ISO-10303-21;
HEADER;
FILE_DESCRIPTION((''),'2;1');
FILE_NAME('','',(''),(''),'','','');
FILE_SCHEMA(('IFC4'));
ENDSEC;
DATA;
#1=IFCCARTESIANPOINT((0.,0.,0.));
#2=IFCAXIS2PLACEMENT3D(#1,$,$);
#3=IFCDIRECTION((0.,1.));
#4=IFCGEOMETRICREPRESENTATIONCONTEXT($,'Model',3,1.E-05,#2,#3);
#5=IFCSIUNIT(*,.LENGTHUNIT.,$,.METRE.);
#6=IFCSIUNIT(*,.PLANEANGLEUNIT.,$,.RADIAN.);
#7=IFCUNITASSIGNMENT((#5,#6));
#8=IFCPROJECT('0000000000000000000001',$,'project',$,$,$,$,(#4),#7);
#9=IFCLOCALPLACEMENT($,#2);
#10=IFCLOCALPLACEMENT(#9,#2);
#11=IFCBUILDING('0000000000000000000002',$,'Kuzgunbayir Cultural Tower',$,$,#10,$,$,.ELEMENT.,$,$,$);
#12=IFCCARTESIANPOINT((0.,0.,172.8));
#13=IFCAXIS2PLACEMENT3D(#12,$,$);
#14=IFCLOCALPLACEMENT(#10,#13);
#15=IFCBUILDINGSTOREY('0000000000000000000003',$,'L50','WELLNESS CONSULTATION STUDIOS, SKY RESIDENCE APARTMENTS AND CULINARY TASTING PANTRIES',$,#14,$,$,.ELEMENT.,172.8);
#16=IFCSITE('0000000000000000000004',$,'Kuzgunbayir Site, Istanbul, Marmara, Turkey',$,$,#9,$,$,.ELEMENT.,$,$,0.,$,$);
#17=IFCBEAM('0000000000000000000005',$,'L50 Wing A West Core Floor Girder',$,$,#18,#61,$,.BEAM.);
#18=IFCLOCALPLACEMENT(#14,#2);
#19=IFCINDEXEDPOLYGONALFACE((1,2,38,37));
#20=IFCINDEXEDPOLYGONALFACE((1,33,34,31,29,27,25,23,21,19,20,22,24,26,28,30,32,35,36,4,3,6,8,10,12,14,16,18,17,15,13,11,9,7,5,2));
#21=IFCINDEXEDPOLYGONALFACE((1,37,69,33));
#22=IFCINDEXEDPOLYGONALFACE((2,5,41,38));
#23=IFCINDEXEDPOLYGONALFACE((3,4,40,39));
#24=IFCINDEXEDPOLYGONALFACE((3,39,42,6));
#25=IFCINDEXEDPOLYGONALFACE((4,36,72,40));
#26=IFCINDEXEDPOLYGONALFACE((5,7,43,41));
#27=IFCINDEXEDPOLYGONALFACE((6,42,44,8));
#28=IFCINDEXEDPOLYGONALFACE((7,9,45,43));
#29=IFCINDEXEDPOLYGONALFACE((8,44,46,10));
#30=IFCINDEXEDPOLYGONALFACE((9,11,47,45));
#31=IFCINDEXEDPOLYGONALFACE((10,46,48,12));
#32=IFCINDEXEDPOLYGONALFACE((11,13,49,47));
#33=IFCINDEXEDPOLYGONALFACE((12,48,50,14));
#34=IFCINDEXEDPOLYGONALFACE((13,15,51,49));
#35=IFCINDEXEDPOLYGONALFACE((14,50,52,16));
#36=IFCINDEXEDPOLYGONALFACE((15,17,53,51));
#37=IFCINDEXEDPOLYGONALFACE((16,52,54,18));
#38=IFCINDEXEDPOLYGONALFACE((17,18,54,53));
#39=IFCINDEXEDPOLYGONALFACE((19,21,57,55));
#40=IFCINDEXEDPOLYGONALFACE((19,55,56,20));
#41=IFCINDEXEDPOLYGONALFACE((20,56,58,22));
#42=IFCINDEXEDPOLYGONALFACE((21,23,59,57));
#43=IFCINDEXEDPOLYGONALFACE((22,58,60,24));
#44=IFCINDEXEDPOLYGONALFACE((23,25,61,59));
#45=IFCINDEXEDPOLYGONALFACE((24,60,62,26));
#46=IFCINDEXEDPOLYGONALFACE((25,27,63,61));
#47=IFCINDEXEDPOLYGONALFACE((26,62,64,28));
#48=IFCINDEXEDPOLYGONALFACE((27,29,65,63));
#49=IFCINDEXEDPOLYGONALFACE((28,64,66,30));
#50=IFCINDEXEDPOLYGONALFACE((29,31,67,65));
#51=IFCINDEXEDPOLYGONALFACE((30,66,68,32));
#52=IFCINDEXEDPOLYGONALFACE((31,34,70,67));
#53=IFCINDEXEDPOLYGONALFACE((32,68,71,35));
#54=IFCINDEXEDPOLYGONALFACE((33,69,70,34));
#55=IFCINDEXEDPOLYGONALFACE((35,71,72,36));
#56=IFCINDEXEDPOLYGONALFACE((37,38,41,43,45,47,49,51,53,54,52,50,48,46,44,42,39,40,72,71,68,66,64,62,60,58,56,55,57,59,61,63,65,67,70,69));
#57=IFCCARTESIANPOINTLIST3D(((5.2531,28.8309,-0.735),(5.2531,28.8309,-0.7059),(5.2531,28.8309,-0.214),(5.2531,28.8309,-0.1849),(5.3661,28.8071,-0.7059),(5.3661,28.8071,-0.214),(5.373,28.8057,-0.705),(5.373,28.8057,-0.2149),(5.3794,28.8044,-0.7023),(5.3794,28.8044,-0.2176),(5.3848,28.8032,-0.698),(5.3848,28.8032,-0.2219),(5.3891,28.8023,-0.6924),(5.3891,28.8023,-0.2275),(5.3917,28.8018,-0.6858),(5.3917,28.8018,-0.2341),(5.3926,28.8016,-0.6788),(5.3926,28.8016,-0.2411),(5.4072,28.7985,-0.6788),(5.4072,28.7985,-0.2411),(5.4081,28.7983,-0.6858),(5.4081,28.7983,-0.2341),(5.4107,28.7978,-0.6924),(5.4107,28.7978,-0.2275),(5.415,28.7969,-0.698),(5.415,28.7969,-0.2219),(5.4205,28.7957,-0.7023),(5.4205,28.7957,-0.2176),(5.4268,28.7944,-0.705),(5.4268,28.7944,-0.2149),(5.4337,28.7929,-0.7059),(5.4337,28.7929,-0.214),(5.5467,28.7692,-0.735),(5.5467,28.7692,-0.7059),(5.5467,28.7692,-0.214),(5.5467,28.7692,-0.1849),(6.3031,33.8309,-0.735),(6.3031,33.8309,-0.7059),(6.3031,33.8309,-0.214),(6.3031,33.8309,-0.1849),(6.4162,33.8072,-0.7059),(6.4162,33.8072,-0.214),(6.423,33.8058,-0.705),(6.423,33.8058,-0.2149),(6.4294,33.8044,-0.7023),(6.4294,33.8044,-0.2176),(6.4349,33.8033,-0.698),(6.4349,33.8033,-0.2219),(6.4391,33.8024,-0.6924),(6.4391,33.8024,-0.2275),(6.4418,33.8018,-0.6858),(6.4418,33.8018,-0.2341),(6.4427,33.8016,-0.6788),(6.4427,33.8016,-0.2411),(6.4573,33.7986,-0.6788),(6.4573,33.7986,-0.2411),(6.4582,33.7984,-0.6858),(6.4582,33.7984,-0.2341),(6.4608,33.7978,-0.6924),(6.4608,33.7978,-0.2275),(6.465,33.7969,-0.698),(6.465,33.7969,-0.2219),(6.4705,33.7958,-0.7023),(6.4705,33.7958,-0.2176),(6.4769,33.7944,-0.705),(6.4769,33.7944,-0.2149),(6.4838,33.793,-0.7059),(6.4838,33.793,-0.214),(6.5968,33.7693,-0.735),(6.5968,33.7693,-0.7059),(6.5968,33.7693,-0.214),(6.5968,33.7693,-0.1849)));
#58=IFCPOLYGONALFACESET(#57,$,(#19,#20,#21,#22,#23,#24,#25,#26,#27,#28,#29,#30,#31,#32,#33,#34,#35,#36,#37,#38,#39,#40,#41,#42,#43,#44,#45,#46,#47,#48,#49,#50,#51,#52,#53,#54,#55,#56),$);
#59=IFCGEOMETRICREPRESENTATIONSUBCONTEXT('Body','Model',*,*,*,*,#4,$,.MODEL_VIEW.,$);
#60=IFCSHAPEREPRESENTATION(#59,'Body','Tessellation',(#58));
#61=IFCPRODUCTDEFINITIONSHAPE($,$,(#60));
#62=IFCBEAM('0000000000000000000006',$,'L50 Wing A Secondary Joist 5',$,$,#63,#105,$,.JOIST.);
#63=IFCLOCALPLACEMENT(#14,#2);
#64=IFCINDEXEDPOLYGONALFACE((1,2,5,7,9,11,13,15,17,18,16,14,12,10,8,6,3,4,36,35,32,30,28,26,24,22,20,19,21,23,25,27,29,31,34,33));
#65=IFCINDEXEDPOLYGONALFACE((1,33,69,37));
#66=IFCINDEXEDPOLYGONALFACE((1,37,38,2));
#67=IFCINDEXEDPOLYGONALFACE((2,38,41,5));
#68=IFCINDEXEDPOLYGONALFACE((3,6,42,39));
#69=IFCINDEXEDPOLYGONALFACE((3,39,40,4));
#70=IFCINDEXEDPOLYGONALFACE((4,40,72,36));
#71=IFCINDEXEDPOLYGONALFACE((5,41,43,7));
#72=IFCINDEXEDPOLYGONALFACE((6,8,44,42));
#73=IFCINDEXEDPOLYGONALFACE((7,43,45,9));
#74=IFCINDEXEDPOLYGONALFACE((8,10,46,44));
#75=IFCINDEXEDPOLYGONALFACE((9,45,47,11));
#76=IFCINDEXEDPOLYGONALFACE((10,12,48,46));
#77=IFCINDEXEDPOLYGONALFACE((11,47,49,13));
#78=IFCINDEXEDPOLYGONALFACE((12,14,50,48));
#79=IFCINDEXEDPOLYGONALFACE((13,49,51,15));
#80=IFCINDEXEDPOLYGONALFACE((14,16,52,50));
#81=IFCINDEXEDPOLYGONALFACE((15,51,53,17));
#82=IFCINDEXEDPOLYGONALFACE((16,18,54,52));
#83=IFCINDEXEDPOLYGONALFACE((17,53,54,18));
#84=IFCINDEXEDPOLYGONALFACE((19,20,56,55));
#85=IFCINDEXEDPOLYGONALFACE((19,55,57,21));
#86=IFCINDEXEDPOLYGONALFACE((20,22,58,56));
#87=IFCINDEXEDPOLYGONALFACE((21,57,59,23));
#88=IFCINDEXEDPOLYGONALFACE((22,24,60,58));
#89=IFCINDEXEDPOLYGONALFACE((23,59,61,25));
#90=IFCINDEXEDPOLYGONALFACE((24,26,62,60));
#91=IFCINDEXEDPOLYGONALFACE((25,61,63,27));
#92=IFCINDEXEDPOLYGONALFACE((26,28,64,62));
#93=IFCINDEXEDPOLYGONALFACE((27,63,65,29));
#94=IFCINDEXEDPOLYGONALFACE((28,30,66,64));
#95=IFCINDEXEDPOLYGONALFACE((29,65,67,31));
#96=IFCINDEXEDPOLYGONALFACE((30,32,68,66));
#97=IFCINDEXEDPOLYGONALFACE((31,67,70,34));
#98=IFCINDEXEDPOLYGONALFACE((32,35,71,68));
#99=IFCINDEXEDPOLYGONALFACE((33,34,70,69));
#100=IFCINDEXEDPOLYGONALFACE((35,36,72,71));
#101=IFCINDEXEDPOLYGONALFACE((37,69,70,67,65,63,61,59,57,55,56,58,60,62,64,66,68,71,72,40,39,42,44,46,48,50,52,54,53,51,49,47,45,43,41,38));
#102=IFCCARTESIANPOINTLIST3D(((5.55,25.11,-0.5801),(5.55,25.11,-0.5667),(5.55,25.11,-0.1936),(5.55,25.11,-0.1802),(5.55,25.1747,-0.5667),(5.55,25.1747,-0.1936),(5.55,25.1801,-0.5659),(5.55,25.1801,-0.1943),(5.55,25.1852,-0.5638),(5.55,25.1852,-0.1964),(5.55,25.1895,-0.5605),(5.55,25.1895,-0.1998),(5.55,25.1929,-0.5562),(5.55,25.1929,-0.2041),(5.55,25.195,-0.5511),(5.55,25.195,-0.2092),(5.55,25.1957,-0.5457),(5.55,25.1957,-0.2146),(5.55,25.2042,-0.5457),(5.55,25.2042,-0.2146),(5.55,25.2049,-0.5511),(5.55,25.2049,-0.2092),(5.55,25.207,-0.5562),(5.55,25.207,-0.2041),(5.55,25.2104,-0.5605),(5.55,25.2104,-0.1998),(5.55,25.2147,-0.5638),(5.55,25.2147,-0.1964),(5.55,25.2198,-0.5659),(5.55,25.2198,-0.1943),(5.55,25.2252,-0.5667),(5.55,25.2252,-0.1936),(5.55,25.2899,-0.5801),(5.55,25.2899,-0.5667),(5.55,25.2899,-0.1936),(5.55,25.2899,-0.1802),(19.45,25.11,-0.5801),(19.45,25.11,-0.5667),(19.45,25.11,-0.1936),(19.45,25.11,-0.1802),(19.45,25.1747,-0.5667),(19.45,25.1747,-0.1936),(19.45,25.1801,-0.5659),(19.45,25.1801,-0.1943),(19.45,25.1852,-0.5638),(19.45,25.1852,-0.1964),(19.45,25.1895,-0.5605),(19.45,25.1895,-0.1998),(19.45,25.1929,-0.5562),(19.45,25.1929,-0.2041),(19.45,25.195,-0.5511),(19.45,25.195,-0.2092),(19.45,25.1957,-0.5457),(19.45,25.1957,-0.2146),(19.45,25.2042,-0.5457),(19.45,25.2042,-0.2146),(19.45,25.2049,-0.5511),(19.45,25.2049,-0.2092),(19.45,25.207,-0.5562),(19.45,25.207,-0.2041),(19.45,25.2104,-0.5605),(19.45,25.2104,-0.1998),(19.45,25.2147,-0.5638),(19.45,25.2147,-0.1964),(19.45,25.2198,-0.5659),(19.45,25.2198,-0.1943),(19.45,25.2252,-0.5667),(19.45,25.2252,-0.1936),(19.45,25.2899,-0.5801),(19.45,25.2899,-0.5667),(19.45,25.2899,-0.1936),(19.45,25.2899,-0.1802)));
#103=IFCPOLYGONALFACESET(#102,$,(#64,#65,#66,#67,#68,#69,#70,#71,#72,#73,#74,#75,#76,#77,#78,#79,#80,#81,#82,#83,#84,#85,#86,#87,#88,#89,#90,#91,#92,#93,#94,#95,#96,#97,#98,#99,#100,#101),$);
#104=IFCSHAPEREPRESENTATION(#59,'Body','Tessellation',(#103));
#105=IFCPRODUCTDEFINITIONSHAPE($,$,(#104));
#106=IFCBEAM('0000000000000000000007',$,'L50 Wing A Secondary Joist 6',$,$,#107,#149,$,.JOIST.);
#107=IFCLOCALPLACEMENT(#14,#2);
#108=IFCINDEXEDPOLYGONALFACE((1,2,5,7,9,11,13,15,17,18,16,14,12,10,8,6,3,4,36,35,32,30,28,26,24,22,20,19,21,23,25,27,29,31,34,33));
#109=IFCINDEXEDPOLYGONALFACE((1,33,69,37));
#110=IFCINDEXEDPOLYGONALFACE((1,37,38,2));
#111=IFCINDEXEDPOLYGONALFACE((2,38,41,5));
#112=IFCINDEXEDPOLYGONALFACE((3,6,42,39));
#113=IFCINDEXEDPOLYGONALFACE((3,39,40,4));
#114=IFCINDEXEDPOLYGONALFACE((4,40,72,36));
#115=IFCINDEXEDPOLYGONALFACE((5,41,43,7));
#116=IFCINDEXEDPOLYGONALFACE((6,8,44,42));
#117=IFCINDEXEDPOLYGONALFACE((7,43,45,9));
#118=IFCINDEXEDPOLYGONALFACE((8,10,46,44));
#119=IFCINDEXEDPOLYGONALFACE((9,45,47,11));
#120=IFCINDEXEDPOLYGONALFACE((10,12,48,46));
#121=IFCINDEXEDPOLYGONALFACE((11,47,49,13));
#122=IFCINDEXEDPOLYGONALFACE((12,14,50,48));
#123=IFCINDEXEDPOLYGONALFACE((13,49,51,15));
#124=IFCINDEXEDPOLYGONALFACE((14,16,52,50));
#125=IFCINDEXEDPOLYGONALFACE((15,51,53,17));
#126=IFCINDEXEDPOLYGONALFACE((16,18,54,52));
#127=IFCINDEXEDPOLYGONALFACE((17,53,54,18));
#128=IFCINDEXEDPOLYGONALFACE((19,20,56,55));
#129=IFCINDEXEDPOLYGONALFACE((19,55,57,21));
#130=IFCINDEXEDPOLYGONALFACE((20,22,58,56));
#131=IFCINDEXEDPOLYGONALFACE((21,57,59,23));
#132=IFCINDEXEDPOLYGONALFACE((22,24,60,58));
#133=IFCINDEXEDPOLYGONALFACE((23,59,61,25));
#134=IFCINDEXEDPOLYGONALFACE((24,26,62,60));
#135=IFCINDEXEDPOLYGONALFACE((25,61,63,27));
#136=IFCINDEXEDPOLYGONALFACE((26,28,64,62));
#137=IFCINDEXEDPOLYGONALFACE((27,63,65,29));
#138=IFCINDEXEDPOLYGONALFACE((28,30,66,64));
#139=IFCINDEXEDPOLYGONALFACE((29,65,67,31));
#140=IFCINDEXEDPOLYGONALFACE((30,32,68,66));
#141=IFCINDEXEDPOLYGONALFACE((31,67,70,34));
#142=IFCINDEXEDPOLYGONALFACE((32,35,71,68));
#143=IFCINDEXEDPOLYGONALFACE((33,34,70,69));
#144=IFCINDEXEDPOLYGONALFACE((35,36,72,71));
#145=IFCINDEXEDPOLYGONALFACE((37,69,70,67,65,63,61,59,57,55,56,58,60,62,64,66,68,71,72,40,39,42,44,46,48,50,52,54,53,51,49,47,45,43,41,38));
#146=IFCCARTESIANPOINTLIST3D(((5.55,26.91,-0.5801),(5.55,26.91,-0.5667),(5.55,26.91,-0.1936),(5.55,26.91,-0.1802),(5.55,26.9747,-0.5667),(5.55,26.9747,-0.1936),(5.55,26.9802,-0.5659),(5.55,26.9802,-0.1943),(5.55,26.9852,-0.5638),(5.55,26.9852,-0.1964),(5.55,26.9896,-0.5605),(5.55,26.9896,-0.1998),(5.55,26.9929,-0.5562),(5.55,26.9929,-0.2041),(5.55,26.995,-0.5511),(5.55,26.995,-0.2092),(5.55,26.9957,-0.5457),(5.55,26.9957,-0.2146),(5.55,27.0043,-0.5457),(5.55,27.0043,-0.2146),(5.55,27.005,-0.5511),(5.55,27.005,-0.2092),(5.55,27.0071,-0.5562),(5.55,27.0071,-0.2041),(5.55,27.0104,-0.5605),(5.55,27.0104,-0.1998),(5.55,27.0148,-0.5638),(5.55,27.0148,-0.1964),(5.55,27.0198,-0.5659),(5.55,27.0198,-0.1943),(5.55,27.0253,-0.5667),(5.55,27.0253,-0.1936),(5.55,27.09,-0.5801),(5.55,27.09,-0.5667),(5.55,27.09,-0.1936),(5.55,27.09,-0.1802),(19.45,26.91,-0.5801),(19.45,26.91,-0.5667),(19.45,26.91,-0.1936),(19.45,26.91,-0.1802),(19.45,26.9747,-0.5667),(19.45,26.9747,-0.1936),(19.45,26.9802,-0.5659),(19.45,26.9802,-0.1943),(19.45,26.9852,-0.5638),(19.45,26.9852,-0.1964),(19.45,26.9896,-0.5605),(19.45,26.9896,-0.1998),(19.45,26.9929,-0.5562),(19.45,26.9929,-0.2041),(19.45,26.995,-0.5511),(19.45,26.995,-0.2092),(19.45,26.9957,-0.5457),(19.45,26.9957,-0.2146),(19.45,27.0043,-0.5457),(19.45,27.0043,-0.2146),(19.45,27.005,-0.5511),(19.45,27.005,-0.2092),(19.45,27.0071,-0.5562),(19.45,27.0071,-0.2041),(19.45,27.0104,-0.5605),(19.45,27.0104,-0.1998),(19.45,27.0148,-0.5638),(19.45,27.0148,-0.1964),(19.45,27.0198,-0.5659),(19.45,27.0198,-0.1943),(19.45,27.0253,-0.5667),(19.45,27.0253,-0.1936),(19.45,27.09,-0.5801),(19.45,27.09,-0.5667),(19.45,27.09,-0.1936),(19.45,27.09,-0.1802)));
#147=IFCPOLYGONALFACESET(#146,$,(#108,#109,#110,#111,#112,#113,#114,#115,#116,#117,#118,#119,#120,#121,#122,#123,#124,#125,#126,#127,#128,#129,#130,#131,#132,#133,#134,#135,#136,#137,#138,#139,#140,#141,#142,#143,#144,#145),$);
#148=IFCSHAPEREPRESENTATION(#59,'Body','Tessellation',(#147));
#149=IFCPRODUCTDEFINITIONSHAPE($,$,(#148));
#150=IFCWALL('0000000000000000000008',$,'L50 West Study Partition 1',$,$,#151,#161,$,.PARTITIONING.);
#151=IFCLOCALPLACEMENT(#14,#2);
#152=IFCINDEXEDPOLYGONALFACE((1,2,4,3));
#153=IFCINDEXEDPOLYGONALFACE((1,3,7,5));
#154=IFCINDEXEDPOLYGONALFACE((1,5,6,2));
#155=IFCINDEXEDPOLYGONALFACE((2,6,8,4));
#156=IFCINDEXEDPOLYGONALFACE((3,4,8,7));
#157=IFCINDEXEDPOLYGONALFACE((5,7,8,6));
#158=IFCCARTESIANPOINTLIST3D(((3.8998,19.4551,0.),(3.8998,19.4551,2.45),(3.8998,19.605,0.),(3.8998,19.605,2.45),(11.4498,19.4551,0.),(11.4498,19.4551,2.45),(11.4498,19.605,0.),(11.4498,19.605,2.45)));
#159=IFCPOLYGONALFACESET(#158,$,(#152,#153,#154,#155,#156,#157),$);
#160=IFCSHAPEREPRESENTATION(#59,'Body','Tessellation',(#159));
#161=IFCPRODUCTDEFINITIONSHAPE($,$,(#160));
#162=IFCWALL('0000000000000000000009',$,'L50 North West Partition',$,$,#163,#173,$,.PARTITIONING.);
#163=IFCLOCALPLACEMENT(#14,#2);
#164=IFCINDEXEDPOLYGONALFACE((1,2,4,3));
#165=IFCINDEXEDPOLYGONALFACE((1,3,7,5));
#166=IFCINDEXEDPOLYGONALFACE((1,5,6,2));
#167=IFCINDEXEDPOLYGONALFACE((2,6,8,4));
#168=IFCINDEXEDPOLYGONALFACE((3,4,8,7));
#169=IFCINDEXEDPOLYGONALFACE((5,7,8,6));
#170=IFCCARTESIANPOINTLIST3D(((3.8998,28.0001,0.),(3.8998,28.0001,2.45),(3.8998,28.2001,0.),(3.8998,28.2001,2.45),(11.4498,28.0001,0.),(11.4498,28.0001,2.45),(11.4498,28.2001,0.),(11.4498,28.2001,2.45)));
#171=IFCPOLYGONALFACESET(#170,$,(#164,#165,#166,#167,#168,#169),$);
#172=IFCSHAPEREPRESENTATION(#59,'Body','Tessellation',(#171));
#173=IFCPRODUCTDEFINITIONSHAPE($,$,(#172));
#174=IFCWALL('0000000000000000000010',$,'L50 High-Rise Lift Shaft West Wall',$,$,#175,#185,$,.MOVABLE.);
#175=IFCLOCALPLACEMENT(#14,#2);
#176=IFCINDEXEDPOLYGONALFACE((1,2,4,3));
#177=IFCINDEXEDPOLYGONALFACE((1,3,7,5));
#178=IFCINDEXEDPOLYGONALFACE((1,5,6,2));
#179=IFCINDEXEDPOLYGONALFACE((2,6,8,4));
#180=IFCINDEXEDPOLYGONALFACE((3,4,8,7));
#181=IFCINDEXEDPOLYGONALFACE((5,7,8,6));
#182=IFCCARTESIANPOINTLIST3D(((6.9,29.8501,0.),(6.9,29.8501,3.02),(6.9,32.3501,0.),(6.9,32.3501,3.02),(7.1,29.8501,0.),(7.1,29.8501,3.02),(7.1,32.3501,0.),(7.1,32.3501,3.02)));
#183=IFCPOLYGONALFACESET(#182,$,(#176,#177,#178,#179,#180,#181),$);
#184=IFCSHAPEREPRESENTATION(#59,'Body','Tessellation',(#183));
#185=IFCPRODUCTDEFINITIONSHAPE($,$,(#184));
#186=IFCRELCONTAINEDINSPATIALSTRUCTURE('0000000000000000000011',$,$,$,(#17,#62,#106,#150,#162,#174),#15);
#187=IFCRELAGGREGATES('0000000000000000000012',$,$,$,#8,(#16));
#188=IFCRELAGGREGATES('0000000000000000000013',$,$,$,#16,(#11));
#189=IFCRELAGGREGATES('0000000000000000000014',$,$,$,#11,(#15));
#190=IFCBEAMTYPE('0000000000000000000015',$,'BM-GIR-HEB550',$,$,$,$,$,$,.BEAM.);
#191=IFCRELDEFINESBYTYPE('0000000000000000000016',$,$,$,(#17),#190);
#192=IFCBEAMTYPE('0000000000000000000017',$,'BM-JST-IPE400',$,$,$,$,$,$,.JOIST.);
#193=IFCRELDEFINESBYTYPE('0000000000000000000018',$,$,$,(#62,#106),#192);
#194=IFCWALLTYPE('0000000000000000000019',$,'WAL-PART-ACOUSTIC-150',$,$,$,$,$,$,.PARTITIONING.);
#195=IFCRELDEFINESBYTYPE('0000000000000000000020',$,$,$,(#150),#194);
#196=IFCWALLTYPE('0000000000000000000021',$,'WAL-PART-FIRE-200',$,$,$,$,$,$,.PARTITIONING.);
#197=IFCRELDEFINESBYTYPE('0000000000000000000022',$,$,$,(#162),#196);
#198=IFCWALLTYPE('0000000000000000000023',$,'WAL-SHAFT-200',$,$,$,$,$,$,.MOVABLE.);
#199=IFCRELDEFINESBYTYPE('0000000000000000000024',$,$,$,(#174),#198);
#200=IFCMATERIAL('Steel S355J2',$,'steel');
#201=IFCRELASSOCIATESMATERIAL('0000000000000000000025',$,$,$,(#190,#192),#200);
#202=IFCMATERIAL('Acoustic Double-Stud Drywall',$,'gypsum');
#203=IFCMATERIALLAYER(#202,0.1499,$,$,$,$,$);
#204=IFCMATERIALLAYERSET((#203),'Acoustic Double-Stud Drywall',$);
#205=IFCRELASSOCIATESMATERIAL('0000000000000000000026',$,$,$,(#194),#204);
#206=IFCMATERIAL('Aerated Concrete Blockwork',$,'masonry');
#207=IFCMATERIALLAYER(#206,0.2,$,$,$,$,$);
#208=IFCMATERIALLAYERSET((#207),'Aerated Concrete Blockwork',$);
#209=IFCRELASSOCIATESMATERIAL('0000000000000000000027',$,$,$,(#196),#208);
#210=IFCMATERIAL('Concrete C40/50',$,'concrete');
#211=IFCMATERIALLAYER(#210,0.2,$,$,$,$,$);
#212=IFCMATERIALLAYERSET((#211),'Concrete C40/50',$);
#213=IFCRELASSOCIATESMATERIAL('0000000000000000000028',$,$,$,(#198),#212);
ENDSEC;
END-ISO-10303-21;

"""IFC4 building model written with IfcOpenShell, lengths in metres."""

from ifc_helpers import new_model, si_unit, direction, frame, frame_2d, origin, origin_2d, place, context, subcontext, project, spatial, rectangle, i_section, extrude, material, layer, layer_set, material_profile, profile_set, type_object, element, save


model = new_model("IFC4")

# Units and contexts
model_context = context("Model", 3, precision=1e-05, world=origin(), true_north=direction((0.0, 1.0)))
body_context = subcontext(model_context, "Body", "Model", "MODEL_VIEW")
ifc_project = project(units=[si_unit("LENGTHUNIT", "METRE"), si_unit("PLANEANGLEUNIT", "RADIAN")], contexts=[model_context])

# Site, building, storey
site_placement = place(None, origin())
site = spatial("IfcSite", under=ifc_project, at=site_placement, Name="Kuzgunbayir Site, Istanbul, Marmara, Turkey", CompositionType="ELEMENT", RefElevation=0.0)
building_placement = place(site_placement, origin())
building = spatial("IfcBuilding", under=site, at=building_placement, Name="Kuzgunbayir Cultural Tower", CompositionType="ELEMENT")
storey_placement = place(building_placement, frame((0.0, 0.0, 172.8)))
storey = spatial("IfcBuildingStorey", under=building, at=storey_placement, Name="L50", Description="WELLNESS CONSULTATION STUDIOS, SKY RESIDENCE APARTMENTS AND CULINARY TASTING PANTRIES", CompositionType="ELEMENT", Elevation=172.8)

# Beams
ifc_material_1 = material(Name="Steel S355J2", Category="steel")
ifc_material_profile_1 = material_profile(ifc_material_1, i_section(OverallWidth=0.3, OverallDepth=0.55, WebThickness=0.0149, FlangeThickness=0.0291, FilletRadius=0.0271, at=origin_2d()), Name="HEB 550")
ifc_profile_set_1 = profile_set([ifc_material_profile_1], Name="Steel S355J2")
beam_type_1 = type_object("IfcBeamType", Name="BM-GIR-HEB550", PredefinedType="BEAM", material=ifc_profile_set_1)
beam_1_placement = place(storey_placement, frame((5.3999, 28.8, -0.46), z_axis=(0.205526, 0.978652, 0.0), x_axis=(-0.978652, 0.205526, 0.0)))
element("IfcBeam", 1, at=beam_1_placement, inside=storey, type_object=beam_type_1, Name="L50 Wing A West Core Floor Girder", PredefinedType="BEAM", context=body_context, shape_type="SweptSolid", body=[
    extrude(i_section(OverallWidth=0.3, OverallDepth=0.55, WebThickness=0.0149, FlangeThickness=0.0291, FilletRadius=0.0271, at=origin_2d()), origin(), (0.0, 0.0, 1.0), 5.1091),
])
ifc_material_profile_2 = material_profile(ifc_material_1, i_section(OverallWidth=0.1799, OverallDepth=0.3999, WebThickness=0.0085, FlangeThickness=0.0134, FilletRadius=0.021, at=origin_2d()), Name="IPE 400")
ifc_profile_set_2 = profile_set([ifc_material_profile_2], Name="Steel S355J2")
beam_type_2 = type_object("IfcBeamType", Name="BM-JST-IPE400", PredefinedType="JOIST", material=ifc_profile_set_2)
for number, where, z_axis, x_axis, name in (
    (2, (5.55, 25.2, -0.3801), (1.0, 0.0, 0.0), (0.0, 1.0, 0.0), "L50 Wing A Secondary Joist 5"),
    (3, (5.55, 27.0, -0.3801), (1.0, 0.0, 0.0), (0.0, 1.0, 0.0), "L50 Wing A Secondary Joist 6"),
):
    element("IfcBeam", number, at=place(storey_placement, frame(where, z_axis=z_axis, x_axis=x_axis)), inside=storey, type_object=beam_type_2, Name=name, PredefinedType="JOIST", context=body_context, shape_type="SweptSolid", body=[
        extrude(i_section(OverallWidth=0.1799, OverallDepth=0.3999, WebThickness=0.0085, FlangeThickness=0.0134, FilletRadius=0.021, at=origin_2d()), origin(), (0.0, 0.0, 1.0), 13.8999),
    ])

# Walls
ifc_material_2 = material(Name="Acoustic Double-Stud Drywall", Category="gypsum")
ifc_layer_1 = layer(ifc_material_2, 0.1499)
ifc_layer_set_1 = layer_set([ifc_layer_1], Name="Acoustic Double-Stud Drywall")
wall_type_1 = type_object("IfcWallType", Name="WAL-PART-ACOUSTIC-150", PredefinedType="PARTITIONING", material=ifc_layer_set_1)
wall_1_placement = place(storey_placement, frame((3.8999, 19.53, 0.0), z_axis=(0.0, 0.0, 1.0), x_axis=(1.0, 0.0, 0.0)))
element("IfcWall", 4, at=wall_1_placement, inside=storey, type_object=wall_type_1, Name="L50 West Study Partition 1", PredefinedType="PARTITIONING", context=body_context, shape_type="SweptSolid", body=[
    extrude(rectangle(XDim=7.55, YDim=0.1499, at=frame_2d((3.7749, 0.0))), origin(), (0.0, 0.0, 1.0), 2.45),
])
ifc_material_3 = material(Name="Aerated Concrete Blockwork", Category="masonry")
ifc_layer_2 = layer(ifc_material_3, 0.2)
ifc_layer_set_2 = layer_set([ifc_layer_2], Name="Aerated Concrete Blockwork")
wall_type_2 = type_object("IfcWallType", Name="WAL-PART-FIRE-200", PredefinedType="PARTITIONING", material=ifc_layer_set_2)
wall_2_placement = place(storey_placement, frame((3.8999, 28.1001, 0.0), z_axis=(0.0, 0.0, 1.0), x_axis=(1.0, 0.0, 0.0)))
element("IfcWall", 5, at=wall_2_placement, inside=storey, type_object=wall_type_2, Name="L50 North West Partition", PredefinedType="PARTITIONING", context=body_context, shape_type="SweptSolid", body=[
    extrude(rectangle(XDim=7.55, YDim=0.2, at=frame_2d((3.7749, 0.0))), origin(), (0.0, 0.0, 1.0), 2.45),
])

# Shared definitions
ifc_material_4 = material(Name="Concrete C40/50", Category="concrete")
ifc_layer_3 = layer(ifc_material_4, 0.2)
ifc_layer_set_3 = layer_set([ifc_layer_3], Name="Concrete C40/50")
wall_type_3 = type_object("IfcWallType", Name="WAL-SHAFT-200", PredefinedType="MOVABLE", material=ifc_layer_set_3)

# Wall
for number, where, z_axis, x_axis, name in (
    (6, (7.0, 29.8501, 0.0), (0.0, 0.0, 1.0), (0.0, 1.0, 0.0), "L50 High-Rise Lift Shaft West Wall"),
):
    element("IfcWall", number, at=place(storey_placement, frame(where, z_axis=z_axis, x_axis=x_axis)), inside=storey, type_object=wall_type_3, Name=name, PredefinedType="MOVABLE", context=body_context, shape_type="SweptSolid", body=[
        extrude(rectangle(XDim=2.5, YDim=0.2, at=frame_2d((1.25, 0.0))), origin(), (0.0, 0.0, 1.0), 3.02),
    ])

save(model, "model.ifc")
